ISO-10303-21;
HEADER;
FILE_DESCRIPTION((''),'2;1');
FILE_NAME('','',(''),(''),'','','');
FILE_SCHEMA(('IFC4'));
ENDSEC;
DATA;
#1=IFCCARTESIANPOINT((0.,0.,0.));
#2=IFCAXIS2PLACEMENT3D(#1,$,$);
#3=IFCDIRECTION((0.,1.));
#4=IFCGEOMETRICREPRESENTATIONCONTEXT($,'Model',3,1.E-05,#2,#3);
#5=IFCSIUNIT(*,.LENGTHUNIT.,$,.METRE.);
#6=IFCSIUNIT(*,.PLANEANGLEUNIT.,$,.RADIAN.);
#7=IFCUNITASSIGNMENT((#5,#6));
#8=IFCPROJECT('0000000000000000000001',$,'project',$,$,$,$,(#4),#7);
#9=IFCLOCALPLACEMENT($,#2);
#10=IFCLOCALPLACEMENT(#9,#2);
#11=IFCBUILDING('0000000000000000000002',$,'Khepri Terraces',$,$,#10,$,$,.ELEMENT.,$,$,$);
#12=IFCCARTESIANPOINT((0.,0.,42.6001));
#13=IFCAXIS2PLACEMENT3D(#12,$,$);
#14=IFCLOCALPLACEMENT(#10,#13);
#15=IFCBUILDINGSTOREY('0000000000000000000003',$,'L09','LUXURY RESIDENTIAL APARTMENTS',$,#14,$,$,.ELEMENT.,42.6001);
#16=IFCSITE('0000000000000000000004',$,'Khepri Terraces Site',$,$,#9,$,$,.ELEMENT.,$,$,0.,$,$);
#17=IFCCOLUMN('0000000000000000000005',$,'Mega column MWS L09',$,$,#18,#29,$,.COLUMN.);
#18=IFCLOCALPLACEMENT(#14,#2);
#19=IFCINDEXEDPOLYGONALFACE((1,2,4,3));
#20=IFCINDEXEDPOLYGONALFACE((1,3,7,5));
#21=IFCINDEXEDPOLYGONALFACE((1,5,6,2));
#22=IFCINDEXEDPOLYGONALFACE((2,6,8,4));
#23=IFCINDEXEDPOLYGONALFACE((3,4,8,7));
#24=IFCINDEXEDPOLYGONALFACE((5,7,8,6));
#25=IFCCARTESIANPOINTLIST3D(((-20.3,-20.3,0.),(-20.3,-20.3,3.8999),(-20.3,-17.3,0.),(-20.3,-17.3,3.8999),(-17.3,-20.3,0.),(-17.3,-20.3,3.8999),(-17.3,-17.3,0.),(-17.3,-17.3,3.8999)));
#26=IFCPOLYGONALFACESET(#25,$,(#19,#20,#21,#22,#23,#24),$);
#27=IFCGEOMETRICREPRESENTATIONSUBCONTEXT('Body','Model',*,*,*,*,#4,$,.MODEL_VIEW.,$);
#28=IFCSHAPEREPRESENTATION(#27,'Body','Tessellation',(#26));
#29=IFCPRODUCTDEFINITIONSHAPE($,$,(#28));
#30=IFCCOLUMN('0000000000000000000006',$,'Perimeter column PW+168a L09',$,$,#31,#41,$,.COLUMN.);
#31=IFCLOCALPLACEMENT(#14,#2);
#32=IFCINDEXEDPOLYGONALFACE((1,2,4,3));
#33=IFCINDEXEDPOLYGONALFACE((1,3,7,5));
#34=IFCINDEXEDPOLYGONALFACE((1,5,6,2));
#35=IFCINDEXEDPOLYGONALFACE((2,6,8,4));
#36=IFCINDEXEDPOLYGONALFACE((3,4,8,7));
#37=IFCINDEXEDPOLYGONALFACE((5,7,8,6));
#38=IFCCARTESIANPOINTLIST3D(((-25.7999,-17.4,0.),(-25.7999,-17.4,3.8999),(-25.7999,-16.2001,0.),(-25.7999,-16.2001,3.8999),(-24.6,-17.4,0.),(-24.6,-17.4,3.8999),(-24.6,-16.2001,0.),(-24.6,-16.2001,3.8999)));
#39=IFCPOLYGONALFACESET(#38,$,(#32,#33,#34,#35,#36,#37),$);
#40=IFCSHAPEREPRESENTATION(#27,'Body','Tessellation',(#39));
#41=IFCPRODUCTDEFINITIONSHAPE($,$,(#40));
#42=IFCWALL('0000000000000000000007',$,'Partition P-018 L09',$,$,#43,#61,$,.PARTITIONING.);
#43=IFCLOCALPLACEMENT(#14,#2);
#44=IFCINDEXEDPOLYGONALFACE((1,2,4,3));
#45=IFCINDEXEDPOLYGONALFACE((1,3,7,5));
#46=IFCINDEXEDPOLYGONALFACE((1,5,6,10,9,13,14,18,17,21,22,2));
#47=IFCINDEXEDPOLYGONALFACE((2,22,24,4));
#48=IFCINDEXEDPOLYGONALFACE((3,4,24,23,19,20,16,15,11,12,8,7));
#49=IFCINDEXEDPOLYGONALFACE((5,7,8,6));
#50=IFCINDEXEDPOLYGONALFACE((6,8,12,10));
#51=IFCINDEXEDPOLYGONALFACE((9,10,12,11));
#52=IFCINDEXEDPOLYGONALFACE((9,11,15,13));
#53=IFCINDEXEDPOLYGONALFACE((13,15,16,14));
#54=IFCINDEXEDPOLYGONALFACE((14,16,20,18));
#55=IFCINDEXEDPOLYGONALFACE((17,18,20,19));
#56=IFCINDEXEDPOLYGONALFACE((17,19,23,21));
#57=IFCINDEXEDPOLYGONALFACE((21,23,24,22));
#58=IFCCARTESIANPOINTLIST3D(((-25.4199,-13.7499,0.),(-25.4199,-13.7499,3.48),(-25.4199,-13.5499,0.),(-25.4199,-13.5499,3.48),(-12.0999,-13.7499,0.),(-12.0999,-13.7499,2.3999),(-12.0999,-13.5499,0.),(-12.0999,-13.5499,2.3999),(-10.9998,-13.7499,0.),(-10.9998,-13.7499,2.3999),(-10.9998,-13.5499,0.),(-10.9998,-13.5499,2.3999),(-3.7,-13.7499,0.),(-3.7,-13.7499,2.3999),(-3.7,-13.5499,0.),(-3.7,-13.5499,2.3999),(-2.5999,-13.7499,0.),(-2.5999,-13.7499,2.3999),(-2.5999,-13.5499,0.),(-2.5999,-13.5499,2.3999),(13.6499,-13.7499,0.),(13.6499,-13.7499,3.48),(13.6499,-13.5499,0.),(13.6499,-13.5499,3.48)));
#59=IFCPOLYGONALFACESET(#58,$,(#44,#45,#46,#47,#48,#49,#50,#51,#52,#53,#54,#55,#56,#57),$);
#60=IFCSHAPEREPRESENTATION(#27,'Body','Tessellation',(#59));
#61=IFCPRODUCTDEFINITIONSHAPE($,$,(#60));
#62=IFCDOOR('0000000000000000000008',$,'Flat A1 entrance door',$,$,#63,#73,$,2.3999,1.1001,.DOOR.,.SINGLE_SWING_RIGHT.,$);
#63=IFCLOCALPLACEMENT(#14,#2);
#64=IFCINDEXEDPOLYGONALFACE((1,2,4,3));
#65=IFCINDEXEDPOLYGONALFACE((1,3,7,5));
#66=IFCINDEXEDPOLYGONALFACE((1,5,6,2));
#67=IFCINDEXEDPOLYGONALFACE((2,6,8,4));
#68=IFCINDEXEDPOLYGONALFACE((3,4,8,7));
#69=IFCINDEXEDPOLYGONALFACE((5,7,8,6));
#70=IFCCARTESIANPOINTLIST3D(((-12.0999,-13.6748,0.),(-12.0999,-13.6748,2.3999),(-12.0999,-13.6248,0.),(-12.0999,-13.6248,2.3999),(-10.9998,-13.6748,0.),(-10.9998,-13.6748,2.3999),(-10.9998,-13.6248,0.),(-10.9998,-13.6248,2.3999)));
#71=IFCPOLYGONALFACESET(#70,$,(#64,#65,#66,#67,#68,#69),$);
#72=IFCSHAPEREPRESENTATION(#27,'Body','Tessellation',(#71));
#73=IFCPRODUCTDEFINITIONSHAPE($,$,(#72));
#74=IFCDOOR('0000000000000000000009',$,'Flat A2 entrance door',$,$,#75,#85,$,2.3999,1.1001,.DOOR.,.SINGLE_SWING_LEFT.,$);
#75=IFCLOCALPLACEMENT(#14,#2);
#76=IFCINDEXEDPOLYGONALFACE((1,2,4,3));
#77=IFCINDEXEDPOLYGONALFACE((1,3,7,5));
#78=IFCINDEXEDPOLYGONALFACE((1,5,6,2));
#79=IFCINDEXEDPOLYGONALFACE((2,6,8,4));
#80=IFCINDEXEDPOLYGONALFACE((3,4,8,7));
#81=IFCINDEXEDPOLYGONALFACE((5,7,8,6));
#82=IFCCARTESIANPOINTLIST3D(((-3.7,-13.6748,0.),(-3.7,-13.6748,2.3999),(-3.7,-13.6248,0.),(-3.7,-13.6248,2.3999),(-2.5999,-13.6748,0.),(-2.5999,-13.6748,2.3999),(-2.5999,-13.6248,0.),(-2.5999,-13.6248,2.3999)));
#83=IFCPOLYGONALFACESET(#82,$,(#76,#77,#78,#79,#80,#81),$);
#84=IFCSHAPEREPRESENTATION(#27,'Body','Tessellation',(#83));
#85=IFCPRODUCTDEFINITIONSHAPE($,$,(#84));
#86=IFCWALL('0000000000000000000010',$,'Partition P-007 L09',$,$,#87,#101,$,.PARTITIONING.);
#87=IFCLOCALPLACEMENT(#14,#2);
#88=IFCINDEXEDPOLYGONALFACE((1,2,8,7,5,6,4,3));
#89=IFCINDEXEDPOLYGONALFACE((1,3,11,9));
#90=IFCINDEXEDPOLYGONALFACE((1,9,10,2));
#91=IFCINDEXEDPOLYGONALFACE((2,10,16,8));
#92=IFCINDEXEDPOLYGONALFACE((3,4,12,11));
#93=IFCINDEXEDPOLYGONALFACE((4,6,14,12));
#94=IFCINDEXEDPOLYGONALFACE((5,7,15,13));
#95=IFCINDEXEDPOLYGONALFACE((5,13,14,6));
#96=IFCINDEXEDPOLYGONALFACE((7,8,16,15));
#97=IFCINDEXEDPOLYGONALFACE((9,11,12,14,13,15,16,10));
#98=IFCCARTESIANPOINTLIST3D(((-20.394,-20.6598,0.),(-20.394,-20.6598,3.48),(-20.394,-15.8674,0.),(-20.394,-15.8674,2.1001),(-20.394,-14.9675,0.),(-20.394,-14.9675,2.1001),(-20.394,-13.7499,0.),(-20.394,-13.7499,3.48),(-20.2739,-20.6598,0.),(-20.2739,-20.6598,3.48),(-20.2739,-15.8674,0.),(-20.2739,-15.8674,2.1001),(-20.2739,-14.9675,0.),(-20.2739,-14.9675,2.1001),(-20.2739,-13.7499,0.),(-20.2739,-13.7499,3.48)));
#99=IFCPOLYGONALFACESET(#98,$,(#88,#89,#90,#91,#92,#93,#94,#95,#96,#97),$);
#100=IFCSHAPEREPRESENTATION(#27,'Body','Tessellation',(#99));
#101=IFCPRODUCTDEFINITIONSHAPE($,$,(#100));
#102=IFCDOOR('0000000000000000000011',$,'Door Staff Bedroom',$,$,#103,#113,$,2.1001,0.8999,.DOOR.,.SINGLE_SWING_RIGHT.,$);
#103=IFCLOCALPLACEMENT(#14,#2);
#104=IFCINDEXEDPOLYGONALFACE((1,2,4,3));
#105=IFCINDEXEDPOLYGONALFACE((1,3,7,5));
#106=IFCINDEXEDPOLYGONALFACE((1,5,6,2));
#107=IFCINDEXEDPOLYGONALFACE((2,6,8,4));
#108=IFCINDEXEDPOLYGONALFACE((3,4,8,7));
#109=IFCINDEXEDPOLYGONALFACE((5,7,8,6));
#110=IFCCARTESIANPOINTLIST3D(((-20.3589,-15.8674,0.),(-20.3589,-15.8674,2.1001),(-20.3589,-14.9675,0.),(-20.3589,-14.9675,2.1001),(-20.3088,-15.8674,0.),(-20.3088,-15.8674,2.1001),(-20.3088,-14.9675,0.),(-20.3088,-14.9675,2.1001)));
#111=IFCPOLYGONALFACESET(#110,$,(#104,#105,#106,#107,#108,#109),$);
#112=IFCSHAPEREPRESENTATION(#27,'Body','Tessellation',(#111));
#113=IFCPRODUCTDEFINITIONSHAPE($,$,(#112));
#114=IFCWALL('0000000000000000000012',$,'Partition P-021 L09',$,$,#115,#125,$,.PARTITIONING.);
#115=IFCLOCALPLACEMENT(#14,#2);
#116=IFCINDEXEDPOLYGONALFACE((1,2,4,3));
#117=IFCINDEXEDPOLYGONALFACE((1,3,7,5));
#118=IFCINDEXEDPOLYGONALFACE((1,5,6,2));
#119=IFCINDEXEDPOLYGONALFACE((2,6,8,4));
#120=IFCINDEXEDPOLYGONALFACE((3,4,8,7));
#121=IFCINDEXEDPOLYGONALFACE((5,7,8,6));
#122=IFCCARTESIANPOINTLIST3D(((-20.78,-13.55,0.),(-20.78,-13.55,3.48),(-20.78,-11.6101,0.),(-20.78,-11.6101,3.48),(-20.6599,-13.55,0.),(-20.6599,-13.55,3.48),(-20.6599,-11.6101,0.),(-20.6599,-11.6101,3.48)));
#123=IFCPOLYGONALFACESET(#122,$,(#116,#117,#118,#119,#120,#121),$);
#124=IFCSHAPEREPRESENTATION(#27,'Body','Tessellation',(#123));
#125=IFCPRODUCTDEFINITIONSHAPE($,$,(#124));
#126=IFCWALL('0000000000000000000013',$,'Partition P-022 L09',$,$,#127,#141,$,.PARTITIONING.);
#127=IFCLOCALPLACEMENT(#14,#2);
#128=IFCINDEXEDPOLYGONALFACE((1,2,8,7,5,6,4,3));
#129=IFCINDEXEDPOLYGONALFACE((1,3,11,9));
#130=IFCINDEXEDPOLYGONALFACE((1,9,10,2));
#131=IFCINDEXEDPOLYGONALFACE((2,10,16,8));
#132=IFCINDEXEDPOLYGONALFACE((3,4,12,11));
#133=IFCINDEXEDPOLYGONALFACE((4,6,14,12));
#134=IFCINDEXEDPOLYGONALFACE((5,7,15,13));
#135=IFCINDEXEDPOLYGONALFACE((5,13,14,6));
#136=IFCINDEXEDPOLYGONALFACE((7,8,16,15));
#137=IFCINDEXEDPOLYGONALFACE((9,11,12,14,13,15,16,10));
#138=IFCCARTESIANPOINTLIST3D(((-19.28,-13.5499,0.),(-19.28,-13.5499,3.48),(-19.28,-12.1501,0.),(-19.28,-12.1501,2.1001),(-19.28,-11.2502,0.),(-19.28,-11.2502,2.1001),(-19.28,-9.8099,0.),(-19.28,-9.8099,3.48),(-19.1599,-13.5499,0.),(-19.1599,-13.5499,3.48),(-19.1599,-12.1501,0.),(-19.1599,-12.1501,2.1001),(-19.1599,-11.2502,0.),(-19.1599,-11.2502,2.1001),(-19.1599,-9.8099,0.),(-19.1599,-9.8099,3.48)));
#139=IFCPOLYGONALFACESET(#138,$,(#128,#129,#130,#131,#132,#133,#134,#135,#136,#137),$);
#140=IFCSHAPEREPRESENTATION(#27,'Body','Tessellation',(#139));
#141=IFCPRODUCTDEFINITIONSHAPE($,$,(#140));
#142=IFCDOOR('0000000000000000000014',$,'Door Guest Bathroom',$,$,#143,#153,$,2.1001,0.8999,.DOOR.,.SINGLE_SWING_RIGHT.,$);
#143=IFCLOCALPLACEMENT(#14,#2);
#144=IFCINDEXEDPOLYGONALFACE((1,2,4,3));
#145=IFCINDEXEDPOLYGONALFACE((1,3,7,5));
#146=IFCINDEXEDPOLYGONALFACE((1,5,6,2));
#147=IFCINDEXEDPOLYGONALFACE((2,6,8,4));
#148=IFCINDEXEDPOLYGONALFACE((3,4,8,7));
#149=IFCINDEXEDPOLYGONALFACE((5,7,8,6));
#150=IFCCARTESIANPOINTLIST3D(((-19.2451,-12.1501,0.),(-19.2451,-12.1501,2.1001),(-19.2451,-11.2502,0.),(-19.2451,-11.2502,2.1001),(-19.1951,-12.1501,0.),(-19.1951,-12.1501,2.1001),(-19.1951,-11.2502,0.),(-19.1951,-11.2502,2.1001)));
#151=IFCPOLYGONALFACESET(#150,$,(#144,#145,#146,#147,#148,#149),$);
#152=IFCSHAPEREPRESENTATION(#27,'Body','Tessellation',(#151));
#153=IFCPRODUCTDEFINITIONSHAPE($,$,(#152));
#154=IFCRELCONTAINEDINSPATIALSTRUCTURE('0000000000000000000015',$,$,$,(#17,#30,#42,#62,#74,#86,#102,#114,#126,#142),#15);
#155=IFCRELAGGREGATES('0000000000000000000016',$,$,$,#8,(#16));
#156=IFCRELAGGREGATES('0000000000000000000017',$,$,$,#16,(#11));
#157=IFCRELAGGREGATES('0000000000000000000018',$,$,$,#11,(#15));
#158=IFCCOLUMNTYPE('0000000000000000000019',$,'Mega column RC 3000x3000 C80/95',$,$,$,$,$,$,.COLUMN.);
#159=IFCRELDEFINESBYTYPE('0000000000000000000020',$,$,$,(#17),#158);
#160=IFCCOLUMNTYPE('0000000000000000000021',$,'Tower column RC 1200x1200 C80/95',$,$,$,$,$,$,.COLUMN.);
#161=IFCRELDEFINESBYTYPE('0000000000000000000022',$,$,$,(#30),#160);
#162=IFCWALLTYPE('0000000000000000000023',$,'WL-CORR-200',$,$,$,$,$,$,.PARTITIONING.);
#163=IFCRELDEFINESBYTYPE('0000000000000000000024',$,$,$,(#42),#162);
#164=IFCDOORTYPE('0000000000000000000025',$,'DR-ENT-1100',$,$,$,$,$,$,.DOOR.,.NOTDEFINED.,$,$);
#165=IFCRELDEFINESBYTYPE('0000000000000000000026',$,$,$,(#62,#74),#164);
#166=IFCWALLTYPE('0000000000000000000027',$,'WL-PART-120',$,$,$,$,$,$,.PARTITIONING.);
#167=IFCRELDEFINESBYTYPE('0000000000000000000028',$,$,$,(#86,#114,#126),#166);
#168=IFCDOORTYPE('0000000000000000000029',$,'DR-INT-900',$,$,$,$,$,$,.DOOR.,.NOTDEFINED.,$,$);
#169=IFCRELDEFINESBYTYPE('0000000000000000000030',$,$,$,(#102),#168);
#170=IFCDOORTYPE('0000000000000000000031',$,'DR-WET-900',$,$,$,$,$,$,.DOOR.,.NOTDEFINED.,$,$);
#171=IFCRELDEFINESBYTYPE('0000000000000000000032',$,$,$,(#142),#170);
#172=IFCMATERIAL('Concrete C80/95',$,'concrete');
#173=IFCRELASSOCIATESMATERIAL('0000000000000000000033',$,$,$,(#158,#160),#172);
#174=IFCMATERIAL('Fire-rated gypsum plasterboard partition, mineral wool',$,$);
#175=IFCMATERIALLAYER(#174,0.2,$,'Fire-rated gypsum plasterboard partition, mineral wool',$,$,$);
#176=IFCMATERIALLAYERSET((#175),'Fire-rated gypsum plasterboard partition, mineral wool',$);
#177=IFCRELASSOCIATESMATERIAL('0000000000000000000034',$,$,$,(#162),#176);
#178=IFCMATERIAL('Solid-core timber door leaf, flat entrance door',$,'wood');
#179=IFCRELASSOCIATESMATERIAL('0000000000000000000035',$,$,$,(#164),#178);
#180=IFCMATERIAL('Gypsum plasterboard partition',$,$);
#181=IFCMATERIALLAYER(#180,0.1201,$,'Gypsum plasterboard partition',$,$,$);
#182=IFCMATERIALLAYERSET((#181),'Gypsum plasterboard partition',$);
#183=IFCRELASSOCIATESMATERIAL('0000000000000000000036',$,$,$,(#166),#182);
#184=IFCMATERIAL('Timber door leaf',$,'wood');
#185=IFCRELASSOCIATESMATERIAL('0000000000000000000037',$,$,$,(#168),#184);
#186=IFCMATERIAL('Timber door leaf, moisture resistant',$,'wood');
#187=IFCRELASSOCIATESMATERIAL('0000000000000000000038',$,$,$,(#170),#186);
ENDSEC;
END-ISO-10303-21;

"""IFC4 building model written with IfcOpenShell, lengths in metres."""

from ifc_helpers import new_model, si_unit, direction, frame, frame_2d, origin, origin_2d, place, context, subcontext, project, spatial, rectangle, extrude, material, layer, layer_set, material_profile, profile_set, type_object, element, fill, save


model = new_model("IFC4")

# Units and contexts
model_context = context("Model", 3, precision=1e-05, world=origin(), true_north=direction((0.0, 1.0)))
body_context = subcontext(model_context, "Body", "Model", "MODEL_VIEW")
ifc_project = project(units=[si_unit("LENGTHUNIT", "METRE"), si_unit("PLANEANGLEUNIT", "RADIAN")], contexts=[model_context])

# Site, building, storey
site_placement = place(None, origin())
site = spatial("IfcSite", under=ifc_project, at=site_placement, Name="Khepri Terraces Site", CompositionType="ELEMENT", RefElevation=0.0)
building_placement = place(site_placement, origin())
building = spatial("IfcBuilding", under=site, at=building_placement, Name="Khepri Terraces", CompositionType="ELEMENT")
storey_placement = place(building_placement, frame((0.0, 0.0, 42.6001)))
storey = spatial("IfcBuildingStorey", under=building, at=storey_placement, Name="L09", Description="LUXURY RESIDENTIAL APARTMENTS", CompositionType="ELEMENT", Elevation=42.6001)

# Columns
ifc_material_1 = material(Name="Concrete C80/95", Category="concrete")
ifc_material_profile_1 = material_profile(ifc_material_1, rectangle(XDim=3.0, YDim=3.0, at=origin_2d()), Name="Concrete C80/95", Category="concrete")
ifc_profile_set_1 = profile_set([ifc_material_profile_1], Name="Concrete C80/95")
column_type_1 = type_object("IfcColumnType", Name="Mega column RC 3000x3000 C80/95", PredefinedType="COLUMN", material=ifc_profile_set_1)
column_1_placement = place(storey_placement, frame((-18.8, -18.8, 0.0), z_axis=(0.0, 0.0, 1.0), x_axis=(1.0, 0.0, 0.0)))
element("IfcColumn", 1, at=column_1_placement, inside=storey, type_object=column_type_1, Name="Mega column MWS L09", PredefinedType="COLUMN", context=body_context, shape_type="SweptSolid", body=[
    extrude(rectangle(XDim=3.0, YDim=3.0, at=origin_2d()), origin(), (0.0, 0.0, 1.0), 3.8999),
])
ifc_material_profile_2 = material_profile(ifc_material_1, rectangle(XDim=1.2, YDim=1.2, at=origin_2d()), Name="Concrete C80/95", Category="concrete")
ifc_profile_set_2 = profile_set([ifc_material_profile_2], Name="Concrete C80/95")
column_type_2 = type_object("IfcColumnType", Name="Tower column RC 1200x1200 C80/95", PredefinedType="COLUMN", material=ifc_profile_set_2)
column_2_placement = place(storey_placement, frame((-25.2, -16.8, 0.0), z_axis=(0.0, 0.0, 1.0), x_axis=(1.0, 0.0, 0.0)))
element("IfcColumn", 2, at=column_2_placement, inside=storey, type_object=column_type_2, Name="Perimeter column PW+168a L09", PredefinedType="COLUMN", context=body_context, shape_type="SweptSolid", body=[
    extrude(rectangle(XDim=1.2, YDim=1.2, at=origin_2d()), origin(), (0.0, 0.0, 1.0), 3.8999),
])

# Wall, openings, doors
ifc_material_2 = material(Name="Fire-rated gypsum plasterboard partition, mineral wool")
ifc_layer_1 = layer(ifc_material_2, 0.2, Name="Fire-rated gypsum plasterboard partition, mineral wool")
ifc_layer_set_1 = layer_set([ifc_layer_1], Name="Fire-rated gypsum plasterboard partition, mineral wool")
wall_type_1 = type_object("IfcWallType", Name="WL-CORR-200", PredefinedType="PARTITIONING", material=ifc_layer_set_1)
wall_1_placement = place(storey_placement, frame((-25.4199, -13.6499, 0.0), z_axis=(0.0, 0.0, 1.0), x_axis=(1.0, 0.0, 0.0)))
wall_1 = element("IfcWall", 3, at=wall_1_placement, inside=storey, type_object=wall_type_1, Name="Partition P-018 L09", PredefinedType="PARTITIONING", context=body_context, shape_type="SweptSolid", body=[
    extrude(rectangle(XDim=39.0698, YDim=0.2, at=frame_2d((19.5349, 0.0))), origin(), (0.0, 0.0, 1.0), 3.48),
])
opening_1_placement = place(wall_1_placement, frame((13.3201, 0.0, 0.0)))
opening_1 = element("IfcOpeningElement", 4, at=opening_1_placement, cuts=wall_1, PredefinedType="OPENING", context=body_context, shape_type="SweptSolid", body=[
    extrude(rectangle(XDim=1.1001, YDim=2.3999, at=frame_2d((0.55, 1.2))), frame((0.0, 0.1099, 0.0), z_axis=(0.0, -1.0, 0.0), x_axis=(1.0, 0.0, 0.0)), (0.0, 0.0, 1.0), 0.22),
])
opening_2_placement = place(wall_1_placement, frame((21.72, 0.0, 0.0)))
opening_2 = element("IfcOpeningElement", 5, at=opening_2_placement, cuts=wall_1, PredefinedType="OPENING", context=body_context, shape_type="SweptSolid", body=[
    extrude(rectangle(XDim=1.1001, YDim=2.3999, at=frame_2d((0.55, 1.2))), frame((0.0, 0.1099, 0.0), z_axis=(0.0, -1.0, 0.0), x_axis=(1.0, 0.0, 0.0)), (0.0, 0.0, 1.0), 0.22),
])
ifc_material_3 = material(Name="Solid-core timber door leaf, flat entrance door", Category="wood")
door_type_1 = type_object("IfcDoorType", Name="DR-ENT-1100", OperationType="NOTDEFINED", PredefinedType="DOOR", material=ifc_material_3)
door_1_placement = place(opening_1_placement, frame((1.1001, 0.0, 0.0), z_axis=(0.0, 0.0, 1.0), x_axis=(-1.0, 0.0, 0.0)))
door_1 = element("IfcDoor", 6, at=door_1_placement, inside=storey, type_object=door_type_1, Name="Flat A1 entrance door", OperationType="SINGLE_SWING_RIGHT", OverallHeight=2.3999, OverallWidth=1.1001, PredefinedType="DOOR", context=body_context, shape_type="SweptSolid", body=[
    extrude(rectangle(XDim=1.1001, YDim=2.3999, at=frame_2d((0.55, 1.2))), frame((0.0, 0.0249, 0.0), z_axis=(0.0, -1.0, 0.0), x_axis=(1.0, 0.0, 0.0)), (0.0, 0.0, 1.0), 0.05),
])
fill(opening_1, door_1)
door_2_placement = place(opening_2_placement, frame((1.1001, 0.0, 0.0), z_axis=(0.0, 0.0, 1.0), x_axis=(-1.0, 0.0, 0.0)))
door_2 = element("IfcDoor", 7, at=door_2_placement, inside=storey, type_object=door_type_1, Name="Flat A2 entrance door", OperationType="SINGLE_SWING_LEFT", OverallHeight=2.3999, OverallWidth=1.1001, PredefinedType="DOOR", context=body_context, shape_type="SweptSolid", body=[
    extrude(rectangle(XDim=1.1001, YDim=2.3999, at=frame_2d((0.55, 1.2))), frame((0.0, 0.0249, 0.0), z_axis=(0.0, -1.0, 0.0), x_axis=(1.0, 0.0, 0.0)), (0.0, 0.0, 1.0), 0.05),
])
fill(opening_2, door_2)

# Wall, opening, door
ifc_material_4 = material(Name="Gypsum plasterboard partition")
ifc_layer_2 = layer(ifc_material_4, 0.1201, Name="Gypsum plasterboard partition")
ifc_layer_set_2 = layer_set([ifc_layer_2], Name="Gypsum plasterboard partition")
wall_type_2 = type_object("IfcWallType", Name="WL-PART-120", PredefinedType="PARTITIONING", material=ifc_layer_set_2)
wall_2_placement = place(storey_placement, frame((-20.334, -20.6599, 0.0), z_axis=(0.0, 0.0, 1.0), x_axis=(0.0, 1.0, 0.0)))
wall_2 = element("IfcWall", 8, at=wall_2_placement, inside=storey, type_object=wall_type_2, Name="Partition P-007 L09", PredefinedType="PARTITIONING", context=body_context, shape_type="SweptSolid", body=[
    extrude(rectangle(XDim=6.9099, YDim=0.1201, at=frame_2d((3.4551, 0.0))), origin(), (0.0, 0.0, 1.0), 3.48),
])
opening_3_placement = place(wall_2_placement, frame((4.7925, 0.0, 0.0)))
opening_3 = element("IfcOpeningElement", 9, at=opening_3_placement, cuts=wall_2, PredefinedType="OPENING", context=body_context, shape_type="SweptSolid", body=[
    extrude(rectangle(XDim=0.8999, YDim=2.1001, at=frame_2d((0.45, 1.05))), frame((0.0, 0.0701, 0.0), z_axis=(0.0, -1.0, 0.0), x_axis=(1.0, 0.0, 0.0)), (0.0, 0.0, 1.0), 0.1401),
])
ifc_material_5 = material(Name="Timber door leaf", Category="wood")
door_type_2 = type_object("IfcDoorType", Name="DR-INT-900", OperationType="NOTDEFINED", PredefinedType="DOOR", material=ifc_material_5)
door_3_placement = place(opening_3_placement, origin())
door_3 = element("IfcDoor", 10, at=door_3_placement, inside=storey, type_object=door_type_2, Name="Door Staff Bedroom", OperationType="SINGLE_SWING_RIGHT", OverallHeight=2.1001, OverallWidth=0.8999, PredefinedType="DOOR", context=body_context, shape_type="SweptSolid", body=[
    extrude(rectangle(XDim=0.8999, YDim=2.1001, at=frame_2d((0.45, 1.05))), frame((0.0, 0.0249, 0.0), z_axis=(0.0, -1.0, 0.0), x_axis=(1.0, 0.0, 0.0)), (0.0, 0.0, 1.0), 0.05),
])
fill(opening_3, door_3)

# Wall
wall_3_placement = place(storey_placement, frame((-20.72, -13.55, 0.0), z_axis=(0.0, 0.0, 1.0), x_axis=(0.0, 1.0, 0.0)))
element("IfcWall", 11, at=wall_3_placement, inside=storey, type_object=wall_type_2, Name="Partition P-021 L09", PredefinedType="PARTITIONING", context=body_context, shape_type="SweptSolid", body=[
    extrude(rectangle(XDim=1.9399, YDim=0.1201, at=frame_2d((0.97, 0.0))), origin(), (0.0, 0.0, 1.0), 3.48),
])

# Wall, opening, door
wall_4_placement = place(storey_placement, frame((-19.22, -13.55, 0.0), z_axis=(0.0, 0.0, 1.0), x_axis=(0.0, 1.0, 0.0)))
wall_4 = element("IfcWall", 12, at=wall_4_placement, inside=storey, type_object=wall_type_2, Name="Partition P-022 L09", PredefinedType="PARTITIONING", context=body_context, shape_type="SweptSolid", body=[
    extrude(rectangle(XDim=3.74, YDim=0.1201, at=frame_2d((1.8701, 0.0))), origin(), (0.0, 0.0, 1.0), 3.48),
])
opening_4_placement = place(wall_4_placement, frame((1.3999, 0.0, 0.0)))
opening_4 = element("IfcOpeningElement", 13, at=opening_4_placement, cuts=wall_4, PredefinedType="OPENING", context=body_context, shape_type="SweptSolid", body=[
    extrude(rectangle(XDim=0.8999, YDim=2.1001, at=frame_2d((0.45, 1.05))), frame((0.0, 0.0701, 0.0), z_axis=(0.0, -1.0, 0.0), x_axis=(1.0, 0.0, 0.0)), (0.0, 0.0, 1.0), 0.1401),
])
ifc_material_6 = material(Name="Timber door leaf, moisture resistant", Category="wood")
door_type_3 = type_object("IfcDoorType", Name="DR-WET-900", OperationType="NOTDEFINED", PredefinedType="DOOR", material=ifc_material_6)
door_4_placement = place(opening_4_placement, frame((0.8999, 0.0, 0.0), z_axis=(0.0, 0.0, 1.0), x_axis=(-1.0, 0.0, 0.0)))
door_4 = element("IfcDoor", 14, at=door_4_placement, inside=storey, type_object=door_type_3, Name="Door Guest Bathroom", OperationType="SINGLE_SWING_RIGHT", OverallHeight=2.1001, OverallWidth=0.8999, PredefinedType="DOOR", context=body_context, shape_type="SweptSolid", body=[
    extrude(rectangle(XDim=0.8999, YDim=2.1001, at=frame_2d((0.45, 1.05))), frame((0.0, 0.0249, 0.0), z_axis=(0.0, -1.0, 0.0), x_axis=(1.0, 0.0, 0.0)), (0.0, 0.0, 1.0), 0.05),
])
fill(opening_4, door_4)

save(model, "model.ifc")
